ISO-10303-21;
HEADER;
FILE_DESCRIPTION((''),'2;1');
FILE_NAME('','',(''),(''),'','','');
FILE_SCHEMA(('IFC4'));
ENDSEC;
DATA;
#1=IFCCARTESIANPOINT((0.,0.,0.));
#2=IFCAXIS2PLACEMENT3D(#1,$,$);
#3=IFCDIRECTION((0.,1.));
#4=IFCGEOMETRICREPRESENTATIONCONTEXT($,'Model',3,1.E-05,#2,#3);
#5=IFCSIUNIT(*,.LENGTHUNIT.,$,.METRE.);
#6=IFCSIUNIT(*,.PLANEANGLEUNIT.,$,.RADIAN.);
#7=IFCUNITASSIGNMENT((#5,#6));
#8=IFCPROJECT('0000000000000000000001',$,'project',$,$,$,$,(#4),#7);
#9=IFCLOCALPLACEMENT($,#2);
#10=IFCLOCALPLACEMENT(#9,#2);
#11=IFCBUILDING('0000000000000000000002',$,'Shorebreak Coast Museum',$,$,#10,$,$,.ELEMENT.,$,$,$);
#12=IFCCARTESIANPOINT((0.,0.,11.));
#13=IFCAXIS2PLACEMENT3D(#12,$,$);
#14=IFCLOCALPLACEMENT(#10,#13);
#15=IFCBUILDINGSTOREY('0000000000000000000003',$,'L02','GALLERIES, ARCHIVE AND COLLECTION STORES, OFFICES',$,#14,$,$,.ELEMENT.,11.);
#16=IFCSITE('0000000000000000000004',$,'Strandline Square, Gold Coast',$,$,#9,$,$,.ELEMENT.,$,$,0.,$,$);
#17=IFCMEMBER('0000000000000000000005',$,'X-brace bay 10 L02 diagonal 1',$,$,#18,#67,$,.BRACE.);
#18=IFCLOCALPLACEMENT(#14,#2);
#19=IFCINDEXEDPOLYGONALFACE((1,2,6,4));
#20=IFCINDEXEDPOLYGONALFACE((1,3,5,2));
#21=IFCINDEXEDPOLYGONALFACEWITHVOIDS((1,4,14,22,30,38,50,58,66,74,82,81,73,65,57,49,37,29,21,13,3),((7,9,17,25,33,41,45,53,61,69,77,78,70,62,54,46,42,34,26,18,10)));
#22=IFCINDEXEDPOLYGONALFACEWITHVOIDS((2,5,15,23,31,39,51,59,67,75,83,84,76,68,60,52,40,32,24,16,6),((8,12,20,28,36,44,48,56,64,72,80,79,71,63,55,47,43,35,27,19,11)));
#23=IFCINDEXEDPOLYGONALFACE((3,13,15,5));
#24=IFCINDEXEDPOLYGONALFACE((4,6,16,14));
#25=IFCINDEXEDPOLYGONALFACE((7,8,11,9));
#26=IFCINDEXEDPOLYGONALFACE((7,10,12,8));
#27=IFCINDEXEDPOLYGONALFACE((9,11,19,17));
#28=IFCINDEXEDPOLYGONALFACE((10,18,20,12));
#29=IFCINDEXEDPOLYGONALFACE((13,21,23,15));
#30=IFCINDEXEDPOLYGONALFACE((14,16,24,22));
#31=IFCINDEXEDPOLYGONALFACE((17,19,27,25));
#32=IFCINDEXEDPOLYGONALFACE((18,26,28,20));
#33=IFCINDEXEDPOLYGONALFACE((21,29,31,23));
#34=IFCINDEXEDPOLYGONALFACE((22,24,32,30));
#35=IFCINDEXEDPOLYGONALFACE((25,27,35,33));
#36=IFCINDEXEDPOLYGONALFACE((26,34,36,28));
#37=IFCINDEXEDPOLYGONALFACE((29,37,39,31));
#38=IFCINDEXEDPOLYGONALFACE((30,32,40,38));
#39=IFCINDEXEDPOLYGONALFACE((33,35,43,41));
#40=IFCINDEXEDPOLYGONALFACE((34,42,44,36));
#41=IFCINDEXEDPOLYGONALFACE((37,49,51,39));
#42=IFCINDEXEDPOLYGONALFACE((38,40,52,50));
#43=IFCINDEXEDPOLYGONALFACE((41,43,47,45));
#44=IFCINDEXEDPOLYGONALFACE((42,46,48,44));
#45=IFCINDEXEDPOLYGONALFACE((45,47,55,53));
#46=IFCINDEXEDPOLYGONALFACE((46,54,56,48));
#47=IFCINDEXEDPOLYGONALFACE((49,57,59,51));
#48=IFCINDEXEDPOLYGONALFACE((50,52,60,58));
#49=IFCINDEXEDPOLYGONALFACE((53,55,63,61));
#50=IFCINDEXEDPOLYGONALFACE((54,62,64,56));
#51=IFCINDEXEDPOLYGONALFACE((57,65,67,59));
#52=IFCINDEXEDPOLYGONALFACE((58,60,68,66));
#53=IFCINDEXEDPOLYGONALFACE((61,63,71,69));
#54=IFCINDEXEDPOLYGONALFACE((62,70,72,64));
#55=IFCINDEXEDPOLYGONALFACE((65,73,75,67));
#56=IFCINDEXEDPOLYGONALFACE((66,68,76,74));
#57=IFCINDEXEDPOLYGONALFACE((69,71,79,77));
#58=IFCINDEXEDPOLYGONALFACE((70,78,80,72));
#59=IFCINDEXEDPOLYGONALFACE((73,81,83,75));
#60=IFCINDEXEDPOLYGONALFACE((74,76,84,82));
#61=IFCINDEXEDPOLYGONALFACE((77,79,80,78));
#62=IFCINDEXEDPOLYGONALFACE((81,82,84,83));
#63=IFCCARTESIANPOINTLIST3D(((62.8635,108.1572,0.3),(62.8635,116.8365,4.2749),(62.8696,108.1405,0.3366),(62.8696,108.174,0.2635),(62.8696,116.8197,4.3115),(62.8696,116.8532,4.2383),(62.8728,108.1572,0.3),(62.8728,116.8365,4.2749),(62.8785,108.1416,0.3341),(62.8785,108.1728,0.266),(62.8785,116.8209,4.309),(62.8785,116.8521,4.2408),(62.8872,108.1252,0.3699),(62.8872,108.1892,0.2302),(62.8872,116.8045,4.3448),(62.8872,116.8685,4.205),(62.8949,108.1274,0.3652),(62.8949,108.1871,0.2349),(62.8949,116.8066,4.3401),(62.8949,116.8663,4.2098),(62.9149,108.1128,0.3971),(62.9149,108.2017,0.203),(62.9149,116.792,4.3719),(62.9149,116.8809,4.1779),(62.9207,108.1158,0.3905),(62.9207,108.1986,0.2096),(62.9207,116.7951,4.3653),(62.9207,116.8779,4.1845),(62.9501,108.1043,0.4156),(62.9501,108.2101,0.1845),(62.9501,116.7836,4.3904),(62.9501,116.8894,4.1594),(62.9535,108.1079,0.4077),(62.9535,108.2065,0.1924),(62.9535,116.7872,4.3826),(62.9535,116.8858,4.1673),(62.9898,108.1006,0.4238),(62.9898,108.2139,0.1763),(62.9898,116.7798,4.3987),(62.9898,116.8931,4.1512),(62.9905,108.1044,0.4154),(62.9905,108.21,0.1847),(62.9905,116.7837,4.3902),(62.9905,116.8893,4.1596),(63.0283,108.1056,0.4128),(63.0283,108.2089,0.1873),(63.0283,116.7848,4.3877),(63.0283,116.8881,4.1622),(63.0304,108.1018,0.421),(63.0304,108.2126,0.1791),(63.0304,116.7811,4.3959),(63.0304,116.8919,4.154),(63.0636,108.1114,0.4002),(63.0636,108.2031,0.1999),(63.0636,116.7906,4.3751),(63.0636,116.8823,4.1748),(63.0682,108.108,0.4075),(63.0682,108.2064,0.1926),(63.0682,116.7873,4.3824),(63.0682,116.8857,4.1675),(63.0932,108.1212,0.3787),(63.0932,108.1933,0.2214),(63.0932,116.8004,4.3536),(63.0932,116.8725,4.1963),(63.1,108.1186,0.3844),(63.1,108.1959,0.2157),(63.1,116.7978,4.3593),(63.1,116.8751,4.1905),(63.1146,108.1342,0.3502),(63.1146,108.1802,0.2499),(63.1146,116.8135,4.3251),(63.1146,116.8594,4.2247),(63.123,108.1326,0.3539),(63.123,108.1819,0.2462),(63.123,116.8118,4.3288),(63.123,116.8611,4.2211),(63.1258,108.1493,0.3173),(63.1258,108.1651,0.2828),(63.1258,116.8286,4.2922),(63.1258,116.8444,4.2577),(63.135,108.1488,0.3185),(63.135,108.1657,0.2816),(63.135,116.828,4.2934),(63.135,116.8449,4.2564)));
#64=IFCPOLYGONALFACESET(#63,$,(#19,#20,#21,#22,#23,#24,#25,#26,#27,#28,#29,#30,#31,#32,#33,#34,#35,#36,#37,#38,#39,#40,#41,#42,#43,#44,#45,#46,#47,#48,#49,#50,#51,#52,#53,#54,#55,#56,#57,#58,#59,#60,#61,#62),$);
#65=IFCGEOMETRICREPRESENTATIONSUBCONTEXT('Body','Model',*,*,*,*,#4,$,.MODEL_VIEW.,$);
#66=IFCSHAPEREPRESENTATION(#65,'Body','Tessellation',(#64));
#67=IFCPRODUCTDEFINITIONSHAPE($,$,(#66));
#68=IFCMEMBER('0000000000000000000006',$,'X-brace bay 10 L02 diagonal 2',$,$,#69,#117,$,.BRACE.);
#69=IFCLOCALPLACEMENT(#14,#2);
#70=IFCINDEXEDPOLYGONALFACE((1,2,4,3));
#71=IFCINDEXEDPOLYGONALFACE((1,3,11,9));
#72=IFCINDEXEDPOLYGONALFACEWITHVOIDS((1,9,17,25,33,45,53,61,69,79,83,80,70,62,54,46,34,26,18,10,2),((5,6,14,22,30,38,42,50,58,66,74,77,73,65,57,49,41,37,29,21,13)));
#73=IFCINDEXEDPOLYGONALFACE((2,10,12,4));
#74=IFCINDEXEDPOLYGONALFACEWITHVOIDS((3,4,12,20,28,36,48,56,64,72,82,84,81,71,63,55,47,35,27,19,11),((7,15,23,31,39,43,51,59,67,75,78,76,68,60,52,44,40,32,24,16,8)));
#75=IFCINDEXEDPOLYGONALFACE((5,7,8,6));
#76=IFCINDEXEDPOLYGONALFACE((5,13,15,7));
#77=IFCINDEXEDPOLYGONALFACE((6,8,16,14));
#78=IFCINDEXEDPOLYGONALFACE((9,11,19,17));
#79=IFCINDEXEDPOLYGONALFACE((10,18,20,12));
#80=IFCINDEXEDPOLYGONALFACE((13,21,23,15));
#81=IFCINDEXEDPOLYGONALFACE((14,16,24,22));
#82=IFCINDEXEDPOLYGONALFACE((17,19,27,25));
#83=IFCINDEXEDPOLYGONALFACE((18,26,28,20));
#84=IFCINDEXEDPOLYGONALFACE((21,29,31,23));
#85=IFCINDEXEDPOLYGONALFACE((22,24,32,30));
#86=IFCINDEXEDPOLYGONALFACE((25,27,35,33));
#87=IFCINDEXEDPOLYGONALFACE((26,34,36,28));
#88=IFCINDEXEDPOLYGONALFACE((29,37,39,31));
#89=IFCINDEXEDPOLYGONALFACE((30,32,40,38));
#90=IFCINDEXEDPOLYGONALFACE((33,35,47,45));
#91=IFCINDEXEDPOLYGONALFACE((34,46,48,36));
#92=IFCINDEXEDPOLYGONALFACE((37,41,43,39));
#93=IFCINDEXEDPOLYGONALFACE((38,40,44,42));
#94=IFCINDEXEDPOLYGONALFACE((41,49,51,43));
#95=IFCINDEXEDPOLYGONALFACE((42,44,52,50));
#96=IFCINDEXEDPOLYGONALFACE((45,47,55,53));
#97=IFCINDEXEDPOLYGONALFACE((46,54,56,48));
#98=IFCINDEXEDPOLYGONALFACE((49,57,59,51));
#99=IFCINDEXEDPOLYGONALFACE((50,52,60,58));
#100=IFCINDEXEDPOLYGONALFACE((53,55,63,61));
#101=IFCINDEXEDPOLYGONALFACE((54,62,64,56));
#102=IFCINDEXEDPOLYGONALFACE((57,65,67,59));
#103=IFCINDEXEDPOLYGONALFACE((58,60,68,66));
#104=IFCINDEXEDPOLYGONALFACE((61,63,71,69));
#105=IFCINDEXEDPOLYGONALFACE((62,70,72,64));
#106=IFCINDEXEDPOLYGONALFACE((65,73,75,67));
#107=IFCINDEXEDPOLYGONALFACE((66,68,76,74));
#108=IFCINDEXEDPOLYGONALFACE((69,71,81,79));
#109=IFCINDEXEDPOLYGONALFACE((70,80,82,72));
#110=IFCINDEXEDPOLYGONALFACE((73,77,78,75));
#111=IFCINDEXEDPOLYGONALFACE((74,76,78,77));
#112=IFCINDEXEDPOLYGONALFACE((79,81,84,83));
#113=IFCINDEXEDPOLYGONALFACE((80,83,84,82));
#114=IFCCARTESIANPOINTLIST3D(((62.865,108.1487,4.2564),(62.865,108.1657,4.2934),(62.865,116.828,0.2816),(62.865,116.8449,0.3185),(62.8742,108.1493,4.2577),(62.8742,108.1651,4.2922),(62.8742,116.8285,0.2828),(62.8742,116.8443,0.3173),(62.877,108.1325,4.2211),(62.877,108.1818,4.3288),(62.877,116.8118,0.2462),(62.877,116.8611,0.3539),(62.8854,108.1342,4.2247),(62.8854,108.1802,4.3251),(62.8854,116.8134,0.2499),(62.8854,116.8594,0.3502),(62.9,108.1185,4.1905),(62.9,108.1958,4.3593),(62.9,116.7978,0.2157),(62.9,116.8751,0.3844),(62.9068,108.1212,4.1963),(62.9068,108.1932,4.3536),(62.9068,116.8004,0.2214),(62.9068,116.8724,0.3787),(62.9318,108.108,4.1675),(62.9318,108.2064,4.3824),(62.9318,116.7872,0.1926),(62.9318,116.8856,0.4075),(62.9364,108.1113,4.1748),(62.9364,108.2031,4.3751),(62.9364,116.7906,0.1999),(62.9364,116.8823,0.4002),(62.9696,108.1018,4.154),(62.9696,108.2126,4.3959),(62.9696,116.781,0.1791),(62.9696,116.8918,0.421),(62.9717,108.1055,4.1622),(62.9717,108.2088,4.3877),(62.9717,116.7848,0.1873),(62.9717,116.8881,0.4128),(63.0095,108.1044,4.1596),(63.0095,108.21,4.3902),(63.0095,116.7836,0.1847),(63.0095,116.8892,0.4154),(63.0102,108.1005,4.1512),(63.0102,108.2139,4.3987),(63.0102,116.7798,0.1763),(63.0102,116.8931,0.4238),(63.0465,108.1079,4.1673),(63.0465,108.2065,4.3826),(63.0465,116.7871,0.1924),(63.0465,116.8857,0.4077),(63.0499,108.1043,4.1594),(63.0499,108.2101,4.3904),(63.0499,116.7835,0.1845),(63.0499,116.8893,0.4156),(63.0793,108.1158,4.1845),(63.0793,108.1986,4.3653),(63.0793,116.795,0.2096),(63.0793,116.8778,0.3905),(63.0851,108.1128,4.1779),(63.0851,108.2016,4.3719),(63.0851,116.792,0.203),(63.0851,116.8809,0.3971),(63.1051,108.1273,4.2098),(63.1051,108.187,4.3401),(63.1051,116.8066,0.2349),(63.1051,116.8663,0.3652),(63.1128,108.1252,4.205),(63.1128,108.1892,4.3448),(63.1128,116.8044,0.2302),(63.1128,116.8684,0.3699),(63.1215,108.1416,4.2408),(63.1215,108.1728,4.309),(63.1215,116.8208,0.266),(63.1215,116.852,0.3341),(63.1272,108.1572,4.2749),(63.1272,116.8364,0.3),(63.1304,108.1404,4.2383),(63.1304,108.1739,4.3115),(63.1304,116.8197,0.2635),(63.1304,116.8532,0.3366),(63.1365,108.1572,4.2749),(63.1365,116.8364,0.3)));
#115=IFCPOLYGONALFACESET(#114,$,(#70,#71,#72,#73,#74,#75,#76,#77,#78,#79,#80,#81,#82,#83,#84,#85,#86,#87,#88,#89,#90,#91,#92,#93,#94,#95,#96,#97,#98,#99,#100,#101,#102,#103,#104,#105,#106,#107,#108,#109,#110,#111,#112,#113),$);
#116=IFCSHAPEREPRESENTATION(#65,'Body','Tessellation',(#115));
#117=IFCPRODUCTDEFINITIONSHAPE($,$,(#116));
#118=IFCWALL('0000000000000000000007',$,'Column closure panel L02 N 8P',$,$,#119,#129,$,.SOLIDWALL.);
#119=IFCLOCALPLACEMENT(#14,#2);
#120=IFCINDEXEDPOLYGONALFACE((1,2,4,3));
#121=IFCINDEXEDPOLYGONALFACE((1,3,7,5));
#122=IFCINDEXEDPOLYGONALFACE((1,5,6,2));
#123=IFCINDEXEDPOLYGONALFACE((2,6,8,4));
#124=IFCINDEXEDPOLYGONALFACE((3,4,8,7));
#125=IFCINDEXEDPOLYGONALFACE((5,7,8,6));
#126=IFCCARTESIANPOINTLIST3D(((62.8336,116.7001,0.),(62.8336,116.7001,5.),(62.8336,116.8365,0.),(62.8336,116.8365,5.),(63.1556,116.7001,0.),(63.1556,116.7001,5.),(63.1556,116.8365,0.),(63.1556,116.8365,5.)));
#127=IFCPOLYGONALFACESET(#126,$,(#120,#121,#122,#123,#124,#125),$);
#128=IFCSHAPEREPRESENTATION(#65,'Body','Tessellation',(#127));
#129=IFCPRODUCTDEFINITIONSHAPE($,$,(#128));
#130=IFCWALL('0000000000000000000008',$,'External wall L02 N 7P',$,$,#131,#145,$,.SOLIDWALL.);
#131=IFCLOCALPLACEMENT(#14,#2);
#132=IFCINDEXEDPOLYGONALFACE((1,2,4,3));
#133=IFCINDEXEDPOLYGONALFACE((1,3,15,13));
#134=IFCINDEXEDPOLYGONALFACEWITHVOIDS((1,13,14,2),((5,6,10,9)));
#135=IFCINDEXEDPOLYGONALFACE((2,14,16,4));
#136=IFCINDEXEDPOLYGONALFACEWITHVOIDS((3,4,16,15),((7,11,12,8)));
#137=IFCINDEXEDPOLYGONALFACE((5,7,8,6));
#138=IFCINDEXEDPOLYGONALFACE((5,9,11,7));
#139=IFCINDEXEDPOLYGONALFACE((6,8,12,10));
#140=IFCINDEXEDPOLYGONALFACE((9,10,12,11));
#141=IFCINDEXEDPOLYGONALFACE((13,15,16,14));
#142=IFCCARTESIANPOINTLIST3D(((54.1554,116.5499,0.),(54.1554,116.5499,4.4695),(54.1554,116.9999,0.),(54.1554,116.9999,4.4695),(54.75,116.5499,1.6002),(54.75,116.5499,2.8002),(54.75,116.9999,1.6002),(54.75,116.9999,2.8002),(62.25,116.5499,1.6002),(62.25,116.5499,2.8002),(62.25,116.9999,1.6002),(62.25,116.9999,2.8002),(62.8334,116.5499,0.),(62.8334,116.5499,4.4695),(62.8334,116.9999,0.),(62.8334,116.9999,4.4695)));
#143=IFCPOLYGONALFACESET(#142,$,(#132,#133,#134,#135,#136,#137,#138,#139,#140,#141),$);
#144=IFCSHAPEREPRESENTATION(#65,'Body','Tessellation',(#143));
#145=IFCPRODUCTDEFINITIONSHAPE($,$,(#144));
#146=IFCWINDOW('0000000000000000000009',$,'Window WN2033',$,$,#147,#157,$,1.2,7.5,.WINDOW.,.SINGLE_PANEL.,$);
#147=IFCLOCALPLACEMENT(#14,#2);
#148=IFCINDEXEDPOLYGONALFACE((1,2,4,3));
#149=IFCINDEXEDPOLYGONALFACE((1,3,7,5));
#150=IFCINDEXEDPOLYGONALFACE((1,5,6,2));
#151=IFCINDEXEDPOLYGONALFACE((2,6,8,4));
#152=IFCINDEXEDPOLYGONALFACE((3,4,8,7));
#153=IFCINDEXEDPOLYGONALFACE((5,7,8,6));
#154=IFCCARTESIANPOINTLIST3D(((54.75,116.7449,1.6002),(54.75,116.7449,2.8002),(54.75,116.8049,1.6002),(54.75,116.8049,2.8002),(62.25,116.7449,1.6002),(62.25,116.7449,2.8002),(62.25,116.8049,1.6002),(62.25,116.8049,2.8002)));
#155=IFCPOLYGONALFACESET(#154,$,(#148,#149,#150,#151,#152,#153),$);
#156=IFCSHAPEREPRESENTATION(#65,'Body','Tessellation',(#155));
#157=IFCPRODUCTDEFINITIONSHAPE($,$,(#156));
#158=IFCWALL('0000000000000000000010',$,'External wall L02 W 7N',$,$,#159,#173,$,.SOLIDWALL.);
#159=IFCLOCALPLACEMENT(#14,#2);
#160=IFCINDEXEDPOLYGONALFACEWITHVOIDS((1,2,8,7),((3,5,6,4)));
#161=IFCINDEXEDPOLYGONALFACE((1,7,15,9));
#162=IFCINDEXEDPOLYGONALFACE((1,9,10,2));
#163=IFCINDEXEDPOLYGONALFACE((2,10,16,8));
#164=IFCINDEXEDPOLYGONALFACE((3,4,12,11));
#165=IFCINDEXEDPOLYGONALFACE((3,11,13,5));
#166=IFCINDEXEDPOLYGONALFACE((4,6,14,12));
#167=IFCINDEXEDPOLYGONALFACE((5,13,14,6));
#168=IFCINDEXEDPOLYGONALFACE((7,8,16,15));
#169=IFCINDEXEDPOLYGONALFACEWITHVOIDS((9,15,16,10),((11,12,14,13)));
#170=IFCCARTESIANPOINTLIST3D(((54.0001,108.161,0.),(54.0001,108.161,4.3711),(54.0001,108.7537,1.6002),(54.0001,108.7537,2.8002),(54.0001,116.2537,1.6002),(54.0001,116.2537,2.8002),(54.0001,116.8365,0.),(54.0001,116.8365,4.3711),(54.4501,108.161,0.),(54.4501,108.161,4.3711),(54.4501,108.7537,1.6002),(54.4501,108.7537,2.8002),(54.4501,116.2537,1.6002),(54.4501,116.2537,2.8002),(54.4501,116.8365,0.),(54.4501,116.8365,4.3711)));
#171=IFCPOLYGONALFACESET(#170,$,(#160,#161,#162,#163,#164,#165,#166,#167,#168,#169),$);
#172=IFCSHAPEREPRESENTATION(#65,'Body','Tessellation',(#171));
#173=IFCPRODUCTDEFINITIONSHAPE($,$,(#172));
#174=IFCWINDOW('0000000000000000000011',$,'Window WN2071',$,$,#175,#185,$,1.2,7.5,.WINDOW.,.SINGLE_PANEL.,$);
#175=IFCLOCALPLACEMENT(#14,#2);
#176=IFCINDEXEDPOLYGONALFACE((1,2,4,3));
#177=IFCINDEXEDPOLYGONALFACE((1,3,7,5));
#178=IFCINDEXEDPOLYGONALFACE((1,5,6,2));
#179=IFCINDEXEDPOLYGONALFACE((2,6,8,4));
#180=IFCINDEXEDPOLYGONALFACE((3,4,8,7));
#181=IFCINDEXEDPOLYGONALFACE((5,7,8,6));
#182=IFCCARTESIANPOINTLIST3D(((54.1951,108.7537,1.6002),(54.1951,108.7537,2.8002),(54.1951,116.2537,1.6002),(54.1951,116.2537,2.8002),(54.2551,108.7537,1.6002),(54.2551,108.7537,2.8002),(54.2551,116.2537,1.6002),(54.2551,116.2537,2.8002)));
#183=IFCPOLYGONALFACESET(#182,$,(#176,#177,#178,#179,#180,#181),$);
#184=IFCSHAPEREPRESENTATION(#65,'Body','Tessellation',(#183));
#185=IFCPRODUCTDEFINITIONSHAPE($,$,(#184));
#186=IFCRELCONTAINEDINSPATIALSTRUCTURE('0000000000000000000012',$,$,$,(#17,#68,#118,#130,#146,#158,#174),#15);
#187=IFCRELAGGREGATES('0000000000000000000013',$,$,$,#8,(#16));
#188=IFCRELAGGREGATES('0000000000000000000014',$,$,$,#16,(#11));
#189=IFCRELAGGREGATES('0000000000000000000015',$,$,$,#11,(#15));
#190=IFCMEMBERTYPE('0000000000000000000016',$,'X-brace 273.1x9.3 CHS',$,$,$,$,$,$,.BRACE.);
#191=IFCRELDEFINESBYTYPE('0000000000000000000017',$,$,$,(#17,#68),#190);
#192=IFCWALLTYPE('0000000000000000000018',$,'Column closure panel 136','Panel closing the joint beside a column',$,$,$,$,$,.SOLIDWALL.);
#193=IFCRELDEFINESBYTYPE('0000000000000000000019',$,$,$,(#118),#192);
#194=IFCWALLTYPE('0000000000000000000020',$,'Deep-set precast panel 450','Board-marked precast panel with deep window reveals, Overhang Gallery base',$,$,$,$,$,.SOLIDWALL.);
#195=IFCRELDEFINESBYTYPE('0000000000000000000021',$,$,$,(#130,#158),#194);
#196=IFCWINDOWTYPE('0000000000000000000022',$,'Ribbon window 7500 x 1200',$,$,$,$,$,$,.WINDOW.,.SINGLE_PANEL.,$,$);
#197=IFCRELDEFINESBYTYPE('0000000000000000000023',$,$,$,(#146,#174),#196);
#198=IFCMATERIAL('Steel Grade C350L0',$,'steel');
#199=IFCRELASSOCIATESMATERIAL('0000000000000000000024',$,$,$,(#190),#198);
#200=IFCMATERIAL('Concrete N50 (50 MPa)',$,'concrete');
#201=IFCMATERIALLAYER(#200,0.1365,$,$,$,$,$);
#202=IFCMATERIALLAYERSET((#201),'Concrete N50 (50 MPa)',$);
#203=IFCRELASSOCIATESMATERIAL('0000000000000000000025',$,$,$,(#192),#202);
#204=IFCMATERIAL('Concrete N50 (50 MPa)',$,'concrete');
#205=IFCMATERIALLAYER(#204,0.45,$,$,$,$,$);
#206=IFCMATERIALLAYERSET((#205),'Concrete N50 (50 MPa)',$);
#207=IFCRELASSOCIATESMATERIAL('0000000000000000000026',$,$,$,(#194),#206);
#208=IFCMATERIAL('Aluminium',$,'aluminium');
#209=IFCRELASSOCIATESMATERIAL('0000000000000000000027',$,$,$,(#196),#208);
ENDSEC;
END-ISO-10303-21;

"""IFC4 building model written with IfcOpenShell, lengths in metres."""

from ifc_helpers import new_model, si_unit, direction, frame, frame_2d, origin, origin_2d, place, context, subcontext, project, spatial, rectangle, hollow_circle, extrude, material, layer, layer_set, material_profile, profile_set, type_object, element, fill, save


model = new_model("IFC4")

# Units and contexts
model_context = context("Model", 3, precision=1e-05, world=origin(), true_north=direction((0.0, 1.0)))
body_context = subcontext(model_context, "Body", "Model", "MODEL_VIEW")
ifc_project = project(units=[si_unit("LENGTHUNIT", "METRE"), si_unit("PLANEANGLEUNIT", "RADIAN")], contexts=[model_context])

# Site, building, storey
site_placement = place(None, origin())
site = spatial("IfcSite", under=ifc_project, at=site_placement, Name="Strandline Square, Gold Coast", CompositionType="ELEMENT", RefElevation=0.0)
building_placement = place(site_placement, origin())
building = spatial("IfcBuilding", under=site, at=building_placement, Name="Shorebreak Coast Museum", CompositionType="ELEMENT")
storey_placement = place(building_placement, frame((0.0, 0.0, 11.0)))
storey = spatial("IfcBuildingStorey", under=building, at=storey_placement, Name="L02", Description="GALLERIES, ARCHIVE AND COLLECTION STORES, OFFICES", CompositionType="ELEMENT", Elevation=11.0)

# Members
ifc_material_1 = material(Name="Steel Grade C350L0", Category="steel")
ifc_material_profile_1 = material_profile(ifc_material_1, hollow_circle(Radius=0.1365, WallThickness=0.0093, at=origin_2d()), Name="273.1x9.3 CHS")
ifc_profile_set_1 = profile_set([ifc_material_profile_1], Name="Steel Grade C350L0")
member_type = type_object("IfcMemberType", Name="X-brace 273.1x9.3 CHS", PredefinedType="BRACE", material=ifc_profile_set_1)
for number, where, z_axis, x_axis, name in (
    (1, (63.0, 108.1572, 0.3), (0.0, 0.909188, 0.416385), (-1.0, 0.0, 0.0), "X-brace bay 10 L02 diagonal 1"),
    (2, (63.0, 116.8364, 0.3), (0.0, -0.909188, 0.416385), (1.0, 0.0, 0.0), "X-brace bay 10 L02 diagonal 2"),
):
    element("IfcMember", number, at=place(storey_placement, frame(where, z_axis=z_axis, x_axis=x_axis)), inside=storey, type_object=member_type, Name=name, PredefinedType="BRACE", context=body_context, shape_type="SweptSolid", body=[
        extrude(hollow_circle(Radius=0.1365, WallThickness=0.0093, at=origin_2d()), origin(), (0.0, 0.0, 1.0), 9.5461),
    ])

# Wall
ifc_material_2 = material(Name="Concrete N50 (50 MPa)", Category="concrete")
ifc_layer_1 = layer(ifc_material_2, 0.1365)
ifc_layer_set_1 = layer_set([ifc_layer_1], Name="Concrete N50 (50 MPa)")
wall_type_1 = type_object("IfcWallType", Name="Column closure panel 136", Description="Panel closing the joint beside a column", PredefinedType="SOLIDWALL", material=ifc_layer_set_1)
wall_1_placement = place(storey_placement, frame((62.8335, 116.7683, 0.0), z_axis=(0.0, 0.0, 1.0), x_axis=(1.0, 0.0, 0.0)))
element("IfcWall", 3, at=wall_1_placement, inside=storey, type_object=wall_type_1, Name="Column closure panel L02 N 8P", PredefinedType="SOLIDWALL", context=body_context, shape_type="SweptSolid", body=[
    extrude(rectangle(XDim=0.322, YDim=0.1365, at=frame_2d((0.1611, 0.0))), origin(), (0.0, 0.0, 1.0), 5.0),
])

# Walls, openings, windows
ifc_material_3 = material(Name="Concrete N50 (50 MPa)", Category="concrete")
ifc_layer_2 = layer(ifc_material_3, 0.45)
ifc_layer_set_2 = layer_set([ifc_layer_2], Name="Concrete N50 (50 MPa)")
wall_type_2 = type_object("IfcWallType", Name="Deep-set precast panel 450", Description="Board-marked precast panel with deep window reveals, Overhang Gallery base", PredefinedType="SOLIDWALL", material=ifc_layer_set_2)
wall_2_placement = place(storey_placement, frame((54.1555, 116.7749, 0.0), z_axis=(0.0, 0.0, 1.0), x_axis=(1.0, 0.0, 0.0)))
wall_2 = element("IfcWall", 4, at=wall_2_placement, inside=storey, type_object=wall_type_2, Name="External wall L02 N 7P", PredefinedType="SOLIDWALL", context=body_context, shape_type="SweptSolid", body=[
    extrude(rectangle(XDim=8.678, YDim=0.45, at=frame_2d((4.3389, 0.0))), origin(), (0.0, 0.0, 1.0), 4.4695),
])
opening_1_placement = place(wall_2_placement, frame((0.5945, 0.0, 1.6001)))
opening_1 = element("IfcOpeningElement", 5, at=opening_1_placement, cuts=wall_2, PredefinedType="OPENING", context=body_context, shape_type="SweptSolid", body=[
    extrude(rectangle(XDim=7.5, YDim=1.2, at=frame_2d((3.75, 0.6001))), frame((0.0, 0.2349, 0.0), z_axis=(0.0, -1.0, 0.0), x_axis=(1.0, 0.0, 0.0)), (0.0, 0.0, 1.0), 0.47),
])
ifc_material_4 = material(Name="Aluminium", Category="aluminium")
window_type = type_object("IfcWindowType", Name="Ribbon window 7500 x 1200", PartitioningType="SINGLE_PANEL", PredefinedType="WINDOW", material=ifc_material_4)
window_1_placement = place(opening_1_placement, origin())
window_1 = element("IfcWindow", 6, at=window_1_placement, inside=storey, type_object=window_type, Name="Window WN2033", OverallHeight=1.2, OverallWidth=7.5, PartitioningType="SINGLE_PANEL", PredefinedType="WINDOW", context=body_context, shape_type="SweptSolid", body=[
    extrude(rectangle(XDim=7.5, YDim=1.2, at=frame_2d((3.75, 0.6001))), frame((0.0, 0.03, 0.0), z_axis=(0.0, -1.0, 0.0), x_axis=(1.0, 0.0, 0.0)), (0.0, 0.0, 1.0), 0.0601),
])
fill(opening_1, window_1)
wall_3_placement = place(storey_placement, frame((54.2251, 108.1609, 0.0), z_axis=(0.0, 0.0, 1.0), x_axis=(0.0, 1.0, 0.0)))
wall_3 = element("IfcWall", 7, at=wall_3_placement, inside=storey, type_object=wall_type_2, Name="External wall L02 W 7N", PredefinedType="SOLIDWALL", context=body_context, shape_type="SweptSolid", body=[
    extrude(rectangle(XDim=8.6755, YDim=0.45, at=frame_2d((4.3379, 0.0))), origin(), (0.0, 0.0, 1.0), 4.3711),
])
opening_2_placement = place(wall_3_placement, frame((0.5928, 0.0, 1.6001)))
opening_2 = element("IfcOpeningElement", 8, at=opening_2_placement, cuts=wall_3, PredefinedType="OPENING", context=body_context, shape_type="SweptSolid", body=[
    extrude(rectangle(XDim=7.5, YDim=1.2, at=frame_2d((3.75, 0.6001))), frame((0.0, 0.2349, 0.0), z_axis=(0.0, -1.0, 0.0), x_axis=(1.0, 0.0, 0.0)), (0.0, 0.0, 1.0), 0.47),
])
window_2_placement = place(opening_2_placement, origin())
window_2 = element("IfcWindow", 9, at=window_2_placement, inside=storey, type_object=window_type, Name="Window WN2071", OverallHeight=1.2, OverallWidth=7.5, PartitioningType="SINGLE_PANEL", PredefinedType="WINDOW", context=body_context, shape_type="SweptSolid", body=[
    extrude(rectangle(XDim=7.5, YDim=1.2, at=frame_2d((3.75, 0.6001))), frame((0.0, 0.03, 0.0), z_axis=(0.0, -1.0, 0.0), x_axis=(1.0, 0.0, 0.0)), (0.0, 0.0, 1.0), 0.0601),
])
fill(opening_2, window_2)

save(model, "model.ifc")
